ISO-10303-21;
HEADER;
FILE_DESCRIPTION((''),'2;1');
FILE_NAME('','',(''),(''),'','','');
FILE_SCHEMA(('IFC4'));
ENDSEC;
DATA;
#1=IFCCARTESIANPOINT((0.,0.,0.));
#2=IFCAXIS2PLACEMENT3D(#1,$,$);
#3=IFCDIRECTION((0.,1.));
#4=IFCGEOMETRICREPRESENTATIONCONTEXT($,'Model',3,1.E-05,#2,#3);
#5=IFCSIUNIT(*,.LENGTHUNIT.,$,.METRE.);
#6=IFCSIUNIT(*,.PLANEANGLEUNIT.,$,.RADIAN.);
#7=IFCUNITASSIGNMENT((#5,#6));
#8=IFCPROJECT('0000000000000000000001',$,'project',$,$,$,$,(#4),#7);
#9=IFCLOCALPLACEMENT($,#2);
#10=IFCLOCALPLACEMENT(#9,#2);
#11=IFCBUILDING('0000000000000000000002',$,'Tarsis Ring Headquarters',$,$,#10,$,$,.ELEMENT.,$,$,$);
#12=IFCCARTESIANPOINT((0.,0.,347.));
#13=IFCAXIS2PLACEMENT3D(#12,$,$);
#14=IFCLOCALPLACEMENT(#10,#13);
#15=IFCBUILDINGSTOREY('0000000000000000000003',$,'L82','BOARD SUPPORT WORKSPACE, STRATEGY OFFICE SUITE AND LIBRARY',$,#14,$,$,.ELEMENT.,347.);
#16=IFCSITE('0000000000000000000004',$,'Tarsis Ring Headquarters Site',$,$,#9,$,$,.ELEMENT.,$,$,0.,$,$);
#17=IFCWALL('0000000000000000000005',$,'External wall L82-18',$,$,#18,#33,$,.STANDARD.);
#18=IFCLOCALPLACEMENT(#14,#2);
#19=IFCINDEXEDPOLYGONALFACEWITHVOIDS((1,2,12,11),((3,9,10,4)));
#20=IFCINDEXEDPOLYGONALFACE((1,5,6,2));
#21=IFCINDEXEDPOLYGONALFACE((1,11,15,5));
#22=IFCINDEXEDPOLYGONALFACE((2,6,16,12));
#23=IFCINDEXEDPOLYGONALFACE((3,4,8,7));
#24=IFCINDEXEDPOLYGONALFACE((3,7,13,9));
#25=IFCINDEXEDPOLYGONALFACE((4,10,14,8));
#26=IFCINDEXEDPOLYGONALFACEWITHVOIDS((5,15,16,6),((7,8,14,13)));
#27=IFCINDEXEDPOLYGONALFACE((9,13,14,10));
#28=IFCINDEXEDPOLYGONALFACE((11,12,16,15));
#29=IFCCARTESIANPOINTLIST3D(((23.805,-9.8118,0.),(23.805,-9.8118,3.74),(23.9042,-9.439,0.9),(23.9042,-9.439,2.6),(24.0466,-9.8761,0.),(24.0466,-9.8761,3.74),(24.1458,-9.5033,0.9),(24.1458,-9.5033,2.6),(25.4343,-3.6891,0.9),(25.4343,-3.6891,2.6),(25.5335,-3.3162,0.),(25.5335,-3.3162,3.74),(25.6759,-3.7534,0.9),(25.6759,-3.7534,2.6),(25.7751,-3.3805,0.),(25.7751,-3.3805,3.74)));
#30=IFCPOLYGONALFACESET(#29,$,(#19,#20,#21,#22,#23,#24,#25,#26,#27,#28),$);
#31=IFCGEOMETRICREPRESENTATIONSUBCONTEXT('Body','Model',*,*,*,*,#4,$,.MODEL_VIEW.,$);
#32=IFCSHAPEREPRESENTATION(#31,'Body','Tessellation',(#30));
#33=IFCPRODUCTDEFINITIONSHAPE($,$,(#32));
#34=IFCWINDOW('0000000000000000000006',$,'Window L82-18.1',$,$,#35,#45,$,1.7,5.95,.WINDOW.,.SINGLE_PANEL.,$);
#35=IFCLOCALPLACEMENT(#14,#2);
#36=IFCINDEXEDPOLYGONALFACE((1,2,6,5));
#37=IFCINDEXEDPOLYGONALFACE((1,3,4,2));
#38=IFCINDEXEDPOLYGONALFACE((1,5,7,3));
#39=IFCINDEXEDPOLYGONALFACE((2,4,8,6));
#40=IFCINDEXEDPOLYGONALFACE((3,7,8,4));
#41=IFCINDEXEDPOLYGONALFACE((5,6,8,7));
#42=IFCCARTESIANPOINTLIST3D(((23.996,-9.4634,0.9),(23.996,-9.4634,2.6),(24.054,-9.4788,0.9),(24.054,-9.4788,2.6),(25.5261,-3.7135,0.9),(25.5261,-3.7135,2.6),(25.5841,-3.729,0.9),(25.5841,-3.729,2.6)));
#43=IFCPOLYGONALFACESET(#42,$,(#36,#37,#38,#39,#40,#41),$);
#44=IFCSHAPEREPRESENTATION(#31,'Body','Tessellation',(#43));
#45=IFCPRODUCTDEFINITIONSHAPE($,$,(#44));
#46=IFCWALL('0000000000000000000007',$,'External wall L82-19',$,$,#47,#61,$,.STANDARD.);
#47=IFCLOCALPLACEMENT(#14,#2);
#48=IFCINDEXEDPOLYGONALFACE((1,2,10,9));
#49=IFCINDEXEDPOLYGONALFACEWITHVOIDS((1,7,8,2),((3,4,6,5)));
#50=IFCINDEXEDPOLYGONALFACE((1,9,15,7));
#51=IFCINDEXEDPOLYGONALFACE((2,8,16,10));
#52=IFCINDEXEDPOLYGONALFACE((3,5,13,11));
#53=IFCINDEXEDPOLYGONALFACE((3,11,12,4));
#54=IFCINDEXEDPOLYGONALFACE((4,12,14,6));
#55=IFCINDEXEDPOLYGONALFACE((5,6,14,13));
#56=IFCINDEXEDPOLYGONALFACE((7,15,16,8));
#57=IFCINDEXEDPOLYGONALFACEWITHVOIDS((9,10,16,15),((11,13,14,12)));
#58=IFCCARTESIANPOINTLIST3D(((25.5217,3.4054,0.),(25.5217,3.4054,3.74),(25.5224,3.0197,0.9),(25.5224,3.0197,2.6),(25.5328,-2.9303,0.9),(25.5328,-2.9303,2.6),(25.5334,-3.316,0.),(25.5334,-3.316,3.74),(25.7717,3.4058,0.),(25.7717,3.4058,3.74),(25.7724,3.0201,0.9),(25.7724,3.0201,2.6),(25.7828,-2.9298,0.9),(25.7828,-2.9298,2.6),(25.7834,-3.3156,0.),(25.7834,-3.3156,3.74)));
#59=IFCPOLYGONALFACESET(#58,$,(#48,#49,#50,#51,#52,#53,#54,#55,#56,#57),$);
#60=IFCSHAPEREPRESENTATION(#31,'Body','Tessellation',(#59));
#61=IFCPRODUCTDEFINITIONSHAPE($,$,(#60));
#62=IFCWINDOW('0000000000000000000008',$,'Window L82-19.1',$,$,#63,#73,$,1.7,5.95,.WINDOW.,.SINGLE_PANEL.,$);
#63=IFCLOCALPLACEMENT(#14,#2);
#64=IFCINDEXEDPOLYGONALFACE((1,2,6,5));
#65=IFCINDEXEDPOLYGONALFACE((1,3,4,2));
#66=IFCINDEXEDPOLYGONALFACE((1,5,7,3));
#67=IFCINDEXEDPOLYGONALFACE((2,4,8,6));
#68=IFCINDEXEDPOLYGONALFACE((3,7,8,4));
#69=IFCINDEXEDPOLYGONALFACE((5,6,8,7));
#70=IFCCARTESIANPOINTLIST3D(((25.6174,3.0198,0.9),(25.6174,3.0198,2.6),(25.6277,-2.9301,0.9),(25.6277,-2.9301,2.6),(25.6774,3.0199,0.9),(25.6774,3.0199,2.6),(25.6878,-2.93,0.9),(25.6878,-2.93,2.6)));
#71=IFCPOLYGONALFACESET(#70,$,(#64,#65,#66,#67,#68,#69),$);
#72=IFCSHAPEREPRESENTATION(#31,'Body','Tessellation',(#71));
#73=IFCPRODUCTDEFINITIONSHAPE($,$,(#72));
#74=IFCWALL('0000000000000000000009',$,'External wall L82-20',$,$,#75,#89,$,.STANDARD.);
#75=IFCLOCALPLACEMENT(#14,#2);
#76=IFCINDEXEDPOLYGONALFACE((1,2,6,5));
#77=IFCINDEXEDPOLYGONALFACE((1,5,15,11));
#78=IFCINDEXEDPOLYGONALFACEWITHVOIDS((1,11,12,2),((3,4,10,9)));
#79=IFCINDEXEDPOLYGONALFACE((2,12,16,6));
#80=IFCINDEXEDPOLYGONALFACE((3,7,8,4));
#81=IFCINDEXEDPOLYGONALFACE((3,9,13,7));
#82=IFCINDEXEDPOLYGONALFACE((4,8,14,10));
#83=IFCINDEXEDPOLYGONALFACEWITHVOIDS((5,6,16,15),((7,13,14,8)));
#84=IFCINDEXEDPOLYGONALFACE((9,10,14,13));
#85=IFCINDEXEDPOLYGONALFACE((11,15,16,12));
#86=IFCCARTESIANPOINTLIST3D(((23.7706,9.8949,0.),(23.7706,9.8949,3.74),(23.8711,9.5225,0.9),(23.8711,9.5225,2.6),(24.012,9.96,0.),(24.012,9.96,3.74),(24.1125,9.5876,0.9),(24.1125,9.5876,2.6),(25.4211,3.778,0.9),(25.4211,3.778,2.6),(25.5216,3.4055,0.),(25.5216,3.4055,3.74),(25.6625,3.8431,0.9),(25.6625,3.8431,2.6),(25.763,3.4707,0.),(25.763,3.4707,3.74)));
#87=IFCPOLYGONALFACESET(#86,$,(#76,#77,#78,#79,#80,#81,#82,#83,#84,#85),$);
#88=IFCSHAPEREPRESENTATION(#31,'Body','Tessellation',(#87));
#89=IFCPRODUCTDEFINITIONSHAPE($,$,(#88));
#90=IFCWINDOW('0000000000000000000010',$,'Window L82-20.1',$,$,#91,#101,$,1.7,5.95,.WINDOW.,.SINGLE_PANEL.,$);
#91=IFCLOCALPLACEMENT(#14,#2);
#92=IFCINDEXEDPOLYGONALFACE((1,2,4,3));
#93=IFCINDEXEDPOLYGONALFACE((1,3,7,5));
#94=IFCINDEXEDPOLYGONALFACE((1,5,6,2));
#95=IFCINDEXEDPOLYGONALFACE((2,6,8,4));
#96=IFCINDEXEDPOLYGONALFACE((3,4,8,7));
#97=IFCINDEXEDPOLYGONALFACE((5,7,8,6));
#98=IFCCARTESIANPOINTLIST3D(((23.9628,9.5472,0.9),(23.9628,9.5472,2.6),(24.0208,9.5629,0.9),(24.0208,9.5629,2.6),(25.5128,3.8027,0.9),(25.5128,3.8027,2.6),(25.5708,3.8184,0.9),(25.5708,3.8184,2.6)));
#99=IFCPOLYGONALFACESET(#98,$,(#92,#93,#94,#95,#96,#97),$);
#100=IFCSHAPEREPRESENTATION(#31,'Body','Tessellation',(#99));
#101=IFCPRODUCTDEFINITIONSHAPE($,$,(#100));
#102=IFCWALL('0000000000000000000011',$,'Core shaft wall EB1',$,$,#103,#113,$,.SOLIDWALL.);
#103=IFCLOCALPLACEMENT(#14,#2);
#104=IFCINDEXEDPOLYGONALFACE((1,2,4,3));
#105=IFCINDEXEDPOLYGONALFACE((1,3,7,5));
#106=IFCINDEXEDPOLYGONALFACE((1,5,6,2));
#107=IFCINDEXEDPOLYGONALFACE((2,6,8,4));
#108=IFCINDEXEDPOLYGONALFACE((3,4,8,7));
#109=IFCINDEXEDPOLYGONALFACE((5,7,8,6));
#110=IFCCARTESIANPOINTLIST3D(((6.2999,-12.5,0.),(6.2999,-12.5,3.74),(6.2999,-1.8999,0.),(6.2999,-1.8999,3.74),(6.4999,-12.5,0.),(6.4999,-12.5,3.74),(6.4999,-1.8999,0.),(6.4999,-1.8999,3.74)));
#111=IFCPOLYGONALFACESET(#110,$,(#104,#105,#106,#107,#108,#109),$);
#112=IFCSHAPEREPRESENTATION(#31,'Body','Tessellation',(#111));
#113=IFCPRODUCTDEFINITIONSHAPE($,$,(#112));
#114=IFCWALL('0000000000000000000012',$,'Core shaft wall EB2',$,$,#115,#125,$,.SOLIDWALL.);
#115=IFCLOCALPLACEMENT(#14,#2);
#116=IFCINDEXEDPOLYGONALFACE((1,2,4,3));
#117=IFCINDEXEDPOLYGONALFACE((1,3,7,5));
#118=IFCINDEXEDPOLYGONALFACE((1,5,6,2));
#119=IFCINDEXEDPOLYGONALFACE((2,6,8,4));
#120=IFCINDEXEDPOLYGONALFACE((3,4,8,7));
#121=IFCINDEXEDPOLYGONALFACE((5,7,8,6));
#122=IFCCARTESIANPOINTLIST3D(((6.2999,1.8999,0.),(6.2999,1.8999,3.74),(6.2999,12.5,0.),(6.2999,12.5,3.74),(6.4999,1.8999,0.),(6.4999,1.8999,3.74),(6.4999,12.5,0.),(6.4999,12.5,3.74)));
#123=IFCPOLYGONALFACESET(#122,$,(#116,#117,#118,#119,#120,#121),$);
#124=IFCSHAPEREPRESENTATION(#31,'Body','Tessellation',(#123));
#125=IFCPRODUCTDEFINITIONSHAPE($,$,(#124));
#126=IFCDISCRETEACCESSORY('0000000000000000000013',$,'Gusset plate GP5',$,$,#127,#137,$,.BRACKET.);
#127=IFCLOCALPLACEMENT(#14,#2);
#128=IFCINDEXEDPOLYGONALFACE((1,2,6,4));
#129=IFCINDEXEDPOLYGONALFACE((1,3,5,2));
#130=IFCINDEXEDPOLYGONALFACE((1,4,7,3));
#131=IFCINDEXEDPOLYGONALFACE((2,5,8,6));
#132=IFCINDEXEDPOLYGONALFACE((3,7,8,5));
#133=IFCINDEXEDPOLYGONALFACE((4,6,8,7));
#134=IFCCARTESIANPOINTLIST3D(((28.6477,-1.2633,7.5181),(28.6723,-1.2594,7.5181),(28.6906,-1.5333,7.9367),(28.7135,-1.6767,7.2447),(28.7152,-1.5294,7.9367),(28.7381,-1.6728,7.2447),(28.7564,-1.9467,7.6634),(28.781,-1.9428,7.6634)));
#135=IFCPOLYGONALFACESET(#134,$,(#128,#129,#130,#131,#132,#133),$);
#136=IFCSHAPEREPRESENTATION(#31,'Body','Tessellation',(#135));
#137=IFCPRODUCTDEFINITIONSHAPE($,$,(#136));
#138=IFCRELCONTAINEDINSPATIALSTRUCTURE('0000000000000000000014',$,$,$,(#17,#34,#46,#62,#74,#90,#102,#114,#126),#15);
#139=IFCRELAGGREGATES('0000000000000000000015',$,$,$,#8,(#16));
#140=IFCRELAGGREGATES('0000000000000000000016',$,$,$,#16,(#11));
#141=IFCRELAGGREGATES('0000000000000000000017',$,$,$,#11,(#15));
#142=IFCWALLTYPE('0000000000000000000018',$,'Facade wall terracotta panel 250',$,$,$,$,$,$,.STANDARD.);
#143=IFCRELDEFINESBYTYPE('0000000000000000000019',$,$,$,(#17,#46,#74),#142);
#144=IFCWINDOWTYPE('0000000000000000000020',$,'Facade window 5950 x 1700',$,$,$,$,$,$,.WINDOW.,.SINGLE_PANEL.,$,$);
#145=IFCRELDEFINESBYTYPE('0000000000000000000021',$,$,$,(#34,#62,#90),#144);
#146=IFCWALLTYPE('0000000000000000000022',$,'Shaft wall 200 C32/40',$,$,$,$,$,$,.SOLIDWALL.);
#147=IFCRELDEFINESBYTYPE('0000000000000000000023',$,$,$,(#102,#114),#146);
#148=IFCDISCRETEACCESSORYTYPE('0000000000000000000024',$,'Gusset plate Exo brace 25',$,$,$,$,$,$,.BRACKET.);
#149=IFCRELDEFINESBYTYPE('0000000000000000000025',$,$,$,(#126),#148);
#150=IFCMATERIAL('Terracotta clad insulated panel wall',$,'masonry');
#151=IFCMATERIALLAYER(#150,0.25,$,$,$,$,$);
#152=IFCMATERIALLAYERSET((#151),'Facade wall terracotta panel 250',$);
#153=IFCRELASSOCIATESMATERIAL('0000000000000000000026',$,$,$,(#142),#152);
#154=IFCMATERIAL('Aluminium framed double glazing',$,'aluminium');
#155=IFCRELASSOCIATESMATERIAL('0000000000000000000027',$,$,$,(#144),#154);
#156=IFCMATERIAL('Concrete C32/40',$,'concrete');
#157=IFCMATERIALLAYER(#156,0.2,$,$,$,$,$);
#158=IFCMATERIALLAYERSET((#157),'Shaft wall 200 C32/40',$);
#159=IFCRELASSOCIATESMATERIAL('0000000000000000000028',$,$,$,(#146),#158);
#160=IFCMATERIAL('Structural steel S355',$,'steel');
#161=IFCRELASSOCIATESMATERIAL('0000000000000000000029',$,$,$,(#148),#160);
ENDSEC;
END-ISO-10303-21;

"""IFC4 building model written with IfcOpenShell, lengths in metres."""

from ifc_helpers import new_model, si_unit, direction, frame, frame_2d, origin, origin_2d, place, context, subcontext, project, spatial, rectangle, extrude, material, layer, layer_set, material_profile, profile_set, type_object, element, fill, save


model = new_model("IFC4")

# Units and contexts
model_context = context("Model", 3, precision=1e-05, world=origin(), true_north=direction((0.0, 1.0)))
body_context = subcontext(model_context, "Body", "Model", "MODEL_VIEW")
ifc_project = project(units=[si_unit("LENGTHUNIT", "METRE"), si_unit("PLANEANGLEUNIT", "RADIAN")], contexts=[model_context])

# Site, building, storey
site_placement = place(None, origin())
site = spatial("IfcSite", under=ifc_project, at=site_placement, Name="Tarsis Ring Headquarters Site", CompositionType="ELEMENT", RefElevation=0.0)
building_placement = place(site_placement, origin())
building = spatial("IfcBuilding", under=site, at=building_placement, Name="Tarsis Ring Headquarters", CompositionType="ELEMENT")
storey_placement = place(building_placement, frame((0.0, 0.0, 347.0)))
storey = spatial("IfcBuildingStorey", under=building, at=storey_placement, Name="L82", Description="BOARD SUPPORT WORKSPACE, STRATEGY OFFICE SUITE AND LIBRARY", CompositionType="ELEMENT", Elevation=347.0)

# Shared definitions
ifc_material_1 = material(Name="Structural steel S355", Category="steel")

# Walls, openings, windows
ifc_material_2 = material(Name="Terracotta clad insulated panel wall", Category="masonry")
ifc_layer_1 = layer(ifc_material_2, 0.25)
ifc_layer_set_1 = layer_set([ifc_layer_1], Name="Facade wall terracotta panel 250")
wall_type_1 = type_object("IfcWallType", Name="Facade wall terracotta panel 250", PredefinedType="STANDARD", material=ifc_layer_set_1)
wall_1_placement = place(storey_placement, frame((23.9258, -9.844, 0.0), z_axis=(0.0, 0.0, 1.0), x_axis=(0.257156, 0.96637, 0.0)))
wall_1 = element("IfcWall", 1, at=wall_1_placement, inside=storey, type_object=wall_type_1, Name="External wall L82-18", PredefinedType="STANDARD", context=body_context, shape_type="SweptSolid", body=[
    extrude(rectangle(XDim=6.7217, YDim=0.25, at=frame_2d((3.3608, 0.0))), origin(), (0.0, 0.0, 1.0), 3.74),
])
opening_1_placement = place(wall_1_placement, frame((0.3857, 0.0, 0.8999)))
opening_1 = element("IfcOpeningElement", 2, at=opening_1_placement, cuts=wall_1, PredefinedType="OPENING", context=body_context, shape_type="SweptSolid", body=[
    extrude(rectangle(XDim=5.95, YDim=1.7, at=frame_2d((2.9751, 0.8501))), frame((0.0, 0.135, 0.0), z_axis=(0.0, -1.0, 0.0), x_axis=(1.0, 0.0, 0.0)), (0.0, 0.0, 1.0), 0.27),
])
ifc_material_3 = material(Name="Aluminium framed double glazing", Category="aluminium")
window_type = type_object("IfcWindowType", Name="Facade window 5950 x 1700", PartitioningType="SINGLE_PANEL", PredefinedType="WINDOW", material=ifc_material_3)
window_1_placement = place(opening_1_placement, origin())
window_1 = element("IfcWindow", 3, at=window_1_placement, inside=storey, type_object=window_type, Name="Window L82-18.1", OverallHeight=1.7, OverallWidth=5.95, PartitioningType="SINGLE_PANEL", PredefinedType="WINDOW", context=body_context, shape_type="SweptSolid", body=[
    extrude(rectangle(XDim=5.95, YDim=1.7, at=frame_2d((2.9751, 0.8501))), frame((0.0, 0.03, 0.0), z_axis=(0.0, -1.0, 0.0), x_axis=(1.0, 0.0, 0.0)), (0.0, 0.0, 1.0), 0.0601),
])
fill(opening_1, window_1)
wall_2_placement = place(storey_placement, frame((25.6584, -3.3159, 0.0), z_axis=(0.0, 0.0, 1.0), x_axis=(-0.001743, 0.999998, 0.0)))
wall_2 = element("IfcWall", 4, at=wall_2_placement, inside=storey, type_object=wall_type_1, Name="External wall L82-19", PredefinedType="STANDARD", context=body_context, shape_type="SweptSolid", body=[
    extrude(rectangle(XDim=6.7214, YDim=0.25, at=frame_2d((3.3608, 0.0))), origin(), (0.0, 0.0, 1.0), 3.74),
])
opening_2_placement = place(wall_2_placement, frame((0.3857, 0.0, 0.8999)))
opening_2 = element("IfcOpeningElement", 5, at=opening_2_placement, cuts=wall_2, PredefinedType="OPENING", context=body_context, shape_type="SweptSolid", body=[
    extrude(rectangle(XDim=5.95, YDim=1.7, at=frame_2d((2.9751, 0.8501))), frame((0.0, 0.135, 0.0), z_axis=(0.0, -1.0, 0.0), x_axis=(1.0, 0.0, 0.0)), (0.0, 0.0, 1.0), 0.27),
])
window_2_placement = place(opening_2_placement, origin())
window_2 = element("IfcWindow", 6, at=window_2_placement, inside=storey, type_object=window_type, Name="Window L82-19.1", OverallHeight=1.7, OverallWidth=5.95, PartitioningType="SINGLE_PANEL", PredefinedType="WINDOW", context=body_context, shape_type="SweptSolid", body=[
    extrude(rectangle(XDim=5.95, YDim=1.7, at=frame_2d((2.9751, 0.8501))), frame((0.0, 0.03, 0.0), z_axis=(0.0, -1.0, 0.0), x_axis=(1.0, 0.0, 0.0)), (0.0, 0.0, 1.0), 0.0601),
])
fill(opening_2, window_2)
wall_3_placement = place(storey_placement, frame((25.6423, 3.438, 0.0), z_axis=(0.0, 0.0, 1.0), x_axis=(-0.26051, 0.965471, 0.0)))
wall_3 = element("IfcWall", 7, at=wall_3_placement, inside=storey, type_object=wall_type_1, Name="External wall L82-20", PredefinedType="STANDARD", context=body_context, shape_type="SweptSolid", body=[
    extrude(rectangle(XDim=6.7214, YDim=0.25, at=frame_2d((3.3608, 0.0))), origin(), (0.0, 0.0, 1.0), 3.74),
])
opening_3_placement = place(wall_3_placement, frame((0.3857, 0.0, 0.8999)))
opening_3 = element("IfcOpeningElement", 8, at=opening_3_placement, cuts=wall_3, PredefinedType="OPENING", context=body_context, shape_type="SweptSolid", body=[
    extrude(rectangle(XDim=5.95, YDim=1.7, at=frame_2d((2.9751, 0.8501))), frame((0.0, 0.135, 0.0), z_axis=(0.0, -1.0, 0.0), x_axis=(1.0, 0.0, 0.0)), (0.0, 0.0, 1.0), 0.27),
])
window_3_placement = place(opening_3_placement, origin())
window_3 = element("IfcWindow", 9, at=window_3_placement, inside=storey, type_object=window_type, Name="Window L82-20.1", OverallHeight=1.7, OverallWidth=5.95, PartitioningType="SINGLE_PANEL", PredefinedType="WINDOW", context=body_context, shape_type="SweptSolid", body=[
    extrude(rectangle(XDim=5.95, YDim=1.7, at=frame_2d((2.9751, 0.8501))), frame((0.0, 0.03, 0.0), z_axis=(0.0, -1.0, 0.0), x_axis=(1.0, 0.0, 0.0)), (0.0, 0.0, 1.0), 0.0601),
])
fill(opening_3, window_3)

# Walls
ifc_material_4 = material(Name="Concrete C32/40", Category="concrete")
ifc_layer_2 = layer(ifc_material_4, 0.2)
ifc_layer_set_2 = layer_set([ifc_layer_2], Name="Shaft wall 200 C32/40")
wall_type_2 = type_object("IfcWallType", Name="Shaft wall 200 C32/40", PredefinedType="SOLIDWALL", material=ifc_layer_set_2)
for number, where, z_axis, x_axis, name in (
    (10, (6.3999, -12.5, 0.0), (0.0, 0.0, 1.0), (0.0, 1.0, 0.0), "Core shaft wall EB1"),
    (11, (6.3999, 1.8999, 0.0), (0.0, 0.0, 1.0), (0.0, 1.0, 0.0), "Core shaft wall EB2"),
):
    element("IfcWall", number, at=place(storey_placement, frame(where, z_axis=z_axis, x_axis=x_axis)), inside=storey, type_object=wall_type_2, Name=name, PredefinedType="SOLIDWALL", context=body_context, shape_type="SweptSolid", body=[
        extrude(rectangle(XDim=10.6001, YDim=0.2, at=frame_2d((5.3, 0.0))), origin(), (0.0, 0.0, 1.0), 3.74),
    ])

# Discrete accessory
ifc_material_profile_1 = material_profile(ifc_material_1, rectangle(XDim=0.0249, YDim=0.5, at=origin_2d()), Name="PL 25x500")
ifc_profile_set_1 = profile_set([ifc_material_profile_1], Name="Structural steel S355")
discrete_accessory_type = type_object("IfcDiscreteAccessoryType", Name="Gusset plate Exo brace 25", PredefinedType="BRACKET", material=ifc_profile_set_1)
discrete_accessory_placement = place(storey_placement, frame((28.7358, -1.738, 7.8), z_axis=(-0.085926, 0.539966, -0.837289), x_axis=(-0.987574, -0.157155, 0.0)))
element("IfcDiscreteAccessory", 12, at=discrete_accessory_placement, inside=storey, type_object=discrete_accessory_type, Name="Gusset plate GP5", PredefinedType="BRACKET", context=body_context, shape_type="SweptSolid", body=[
    extrude(rectangle(XDim=0.0249, YDim=0.5, at=origin_2d()), origin(), (0.0, 0.0, 1.0), 0.5),
])

save(model, "model.ifc")
